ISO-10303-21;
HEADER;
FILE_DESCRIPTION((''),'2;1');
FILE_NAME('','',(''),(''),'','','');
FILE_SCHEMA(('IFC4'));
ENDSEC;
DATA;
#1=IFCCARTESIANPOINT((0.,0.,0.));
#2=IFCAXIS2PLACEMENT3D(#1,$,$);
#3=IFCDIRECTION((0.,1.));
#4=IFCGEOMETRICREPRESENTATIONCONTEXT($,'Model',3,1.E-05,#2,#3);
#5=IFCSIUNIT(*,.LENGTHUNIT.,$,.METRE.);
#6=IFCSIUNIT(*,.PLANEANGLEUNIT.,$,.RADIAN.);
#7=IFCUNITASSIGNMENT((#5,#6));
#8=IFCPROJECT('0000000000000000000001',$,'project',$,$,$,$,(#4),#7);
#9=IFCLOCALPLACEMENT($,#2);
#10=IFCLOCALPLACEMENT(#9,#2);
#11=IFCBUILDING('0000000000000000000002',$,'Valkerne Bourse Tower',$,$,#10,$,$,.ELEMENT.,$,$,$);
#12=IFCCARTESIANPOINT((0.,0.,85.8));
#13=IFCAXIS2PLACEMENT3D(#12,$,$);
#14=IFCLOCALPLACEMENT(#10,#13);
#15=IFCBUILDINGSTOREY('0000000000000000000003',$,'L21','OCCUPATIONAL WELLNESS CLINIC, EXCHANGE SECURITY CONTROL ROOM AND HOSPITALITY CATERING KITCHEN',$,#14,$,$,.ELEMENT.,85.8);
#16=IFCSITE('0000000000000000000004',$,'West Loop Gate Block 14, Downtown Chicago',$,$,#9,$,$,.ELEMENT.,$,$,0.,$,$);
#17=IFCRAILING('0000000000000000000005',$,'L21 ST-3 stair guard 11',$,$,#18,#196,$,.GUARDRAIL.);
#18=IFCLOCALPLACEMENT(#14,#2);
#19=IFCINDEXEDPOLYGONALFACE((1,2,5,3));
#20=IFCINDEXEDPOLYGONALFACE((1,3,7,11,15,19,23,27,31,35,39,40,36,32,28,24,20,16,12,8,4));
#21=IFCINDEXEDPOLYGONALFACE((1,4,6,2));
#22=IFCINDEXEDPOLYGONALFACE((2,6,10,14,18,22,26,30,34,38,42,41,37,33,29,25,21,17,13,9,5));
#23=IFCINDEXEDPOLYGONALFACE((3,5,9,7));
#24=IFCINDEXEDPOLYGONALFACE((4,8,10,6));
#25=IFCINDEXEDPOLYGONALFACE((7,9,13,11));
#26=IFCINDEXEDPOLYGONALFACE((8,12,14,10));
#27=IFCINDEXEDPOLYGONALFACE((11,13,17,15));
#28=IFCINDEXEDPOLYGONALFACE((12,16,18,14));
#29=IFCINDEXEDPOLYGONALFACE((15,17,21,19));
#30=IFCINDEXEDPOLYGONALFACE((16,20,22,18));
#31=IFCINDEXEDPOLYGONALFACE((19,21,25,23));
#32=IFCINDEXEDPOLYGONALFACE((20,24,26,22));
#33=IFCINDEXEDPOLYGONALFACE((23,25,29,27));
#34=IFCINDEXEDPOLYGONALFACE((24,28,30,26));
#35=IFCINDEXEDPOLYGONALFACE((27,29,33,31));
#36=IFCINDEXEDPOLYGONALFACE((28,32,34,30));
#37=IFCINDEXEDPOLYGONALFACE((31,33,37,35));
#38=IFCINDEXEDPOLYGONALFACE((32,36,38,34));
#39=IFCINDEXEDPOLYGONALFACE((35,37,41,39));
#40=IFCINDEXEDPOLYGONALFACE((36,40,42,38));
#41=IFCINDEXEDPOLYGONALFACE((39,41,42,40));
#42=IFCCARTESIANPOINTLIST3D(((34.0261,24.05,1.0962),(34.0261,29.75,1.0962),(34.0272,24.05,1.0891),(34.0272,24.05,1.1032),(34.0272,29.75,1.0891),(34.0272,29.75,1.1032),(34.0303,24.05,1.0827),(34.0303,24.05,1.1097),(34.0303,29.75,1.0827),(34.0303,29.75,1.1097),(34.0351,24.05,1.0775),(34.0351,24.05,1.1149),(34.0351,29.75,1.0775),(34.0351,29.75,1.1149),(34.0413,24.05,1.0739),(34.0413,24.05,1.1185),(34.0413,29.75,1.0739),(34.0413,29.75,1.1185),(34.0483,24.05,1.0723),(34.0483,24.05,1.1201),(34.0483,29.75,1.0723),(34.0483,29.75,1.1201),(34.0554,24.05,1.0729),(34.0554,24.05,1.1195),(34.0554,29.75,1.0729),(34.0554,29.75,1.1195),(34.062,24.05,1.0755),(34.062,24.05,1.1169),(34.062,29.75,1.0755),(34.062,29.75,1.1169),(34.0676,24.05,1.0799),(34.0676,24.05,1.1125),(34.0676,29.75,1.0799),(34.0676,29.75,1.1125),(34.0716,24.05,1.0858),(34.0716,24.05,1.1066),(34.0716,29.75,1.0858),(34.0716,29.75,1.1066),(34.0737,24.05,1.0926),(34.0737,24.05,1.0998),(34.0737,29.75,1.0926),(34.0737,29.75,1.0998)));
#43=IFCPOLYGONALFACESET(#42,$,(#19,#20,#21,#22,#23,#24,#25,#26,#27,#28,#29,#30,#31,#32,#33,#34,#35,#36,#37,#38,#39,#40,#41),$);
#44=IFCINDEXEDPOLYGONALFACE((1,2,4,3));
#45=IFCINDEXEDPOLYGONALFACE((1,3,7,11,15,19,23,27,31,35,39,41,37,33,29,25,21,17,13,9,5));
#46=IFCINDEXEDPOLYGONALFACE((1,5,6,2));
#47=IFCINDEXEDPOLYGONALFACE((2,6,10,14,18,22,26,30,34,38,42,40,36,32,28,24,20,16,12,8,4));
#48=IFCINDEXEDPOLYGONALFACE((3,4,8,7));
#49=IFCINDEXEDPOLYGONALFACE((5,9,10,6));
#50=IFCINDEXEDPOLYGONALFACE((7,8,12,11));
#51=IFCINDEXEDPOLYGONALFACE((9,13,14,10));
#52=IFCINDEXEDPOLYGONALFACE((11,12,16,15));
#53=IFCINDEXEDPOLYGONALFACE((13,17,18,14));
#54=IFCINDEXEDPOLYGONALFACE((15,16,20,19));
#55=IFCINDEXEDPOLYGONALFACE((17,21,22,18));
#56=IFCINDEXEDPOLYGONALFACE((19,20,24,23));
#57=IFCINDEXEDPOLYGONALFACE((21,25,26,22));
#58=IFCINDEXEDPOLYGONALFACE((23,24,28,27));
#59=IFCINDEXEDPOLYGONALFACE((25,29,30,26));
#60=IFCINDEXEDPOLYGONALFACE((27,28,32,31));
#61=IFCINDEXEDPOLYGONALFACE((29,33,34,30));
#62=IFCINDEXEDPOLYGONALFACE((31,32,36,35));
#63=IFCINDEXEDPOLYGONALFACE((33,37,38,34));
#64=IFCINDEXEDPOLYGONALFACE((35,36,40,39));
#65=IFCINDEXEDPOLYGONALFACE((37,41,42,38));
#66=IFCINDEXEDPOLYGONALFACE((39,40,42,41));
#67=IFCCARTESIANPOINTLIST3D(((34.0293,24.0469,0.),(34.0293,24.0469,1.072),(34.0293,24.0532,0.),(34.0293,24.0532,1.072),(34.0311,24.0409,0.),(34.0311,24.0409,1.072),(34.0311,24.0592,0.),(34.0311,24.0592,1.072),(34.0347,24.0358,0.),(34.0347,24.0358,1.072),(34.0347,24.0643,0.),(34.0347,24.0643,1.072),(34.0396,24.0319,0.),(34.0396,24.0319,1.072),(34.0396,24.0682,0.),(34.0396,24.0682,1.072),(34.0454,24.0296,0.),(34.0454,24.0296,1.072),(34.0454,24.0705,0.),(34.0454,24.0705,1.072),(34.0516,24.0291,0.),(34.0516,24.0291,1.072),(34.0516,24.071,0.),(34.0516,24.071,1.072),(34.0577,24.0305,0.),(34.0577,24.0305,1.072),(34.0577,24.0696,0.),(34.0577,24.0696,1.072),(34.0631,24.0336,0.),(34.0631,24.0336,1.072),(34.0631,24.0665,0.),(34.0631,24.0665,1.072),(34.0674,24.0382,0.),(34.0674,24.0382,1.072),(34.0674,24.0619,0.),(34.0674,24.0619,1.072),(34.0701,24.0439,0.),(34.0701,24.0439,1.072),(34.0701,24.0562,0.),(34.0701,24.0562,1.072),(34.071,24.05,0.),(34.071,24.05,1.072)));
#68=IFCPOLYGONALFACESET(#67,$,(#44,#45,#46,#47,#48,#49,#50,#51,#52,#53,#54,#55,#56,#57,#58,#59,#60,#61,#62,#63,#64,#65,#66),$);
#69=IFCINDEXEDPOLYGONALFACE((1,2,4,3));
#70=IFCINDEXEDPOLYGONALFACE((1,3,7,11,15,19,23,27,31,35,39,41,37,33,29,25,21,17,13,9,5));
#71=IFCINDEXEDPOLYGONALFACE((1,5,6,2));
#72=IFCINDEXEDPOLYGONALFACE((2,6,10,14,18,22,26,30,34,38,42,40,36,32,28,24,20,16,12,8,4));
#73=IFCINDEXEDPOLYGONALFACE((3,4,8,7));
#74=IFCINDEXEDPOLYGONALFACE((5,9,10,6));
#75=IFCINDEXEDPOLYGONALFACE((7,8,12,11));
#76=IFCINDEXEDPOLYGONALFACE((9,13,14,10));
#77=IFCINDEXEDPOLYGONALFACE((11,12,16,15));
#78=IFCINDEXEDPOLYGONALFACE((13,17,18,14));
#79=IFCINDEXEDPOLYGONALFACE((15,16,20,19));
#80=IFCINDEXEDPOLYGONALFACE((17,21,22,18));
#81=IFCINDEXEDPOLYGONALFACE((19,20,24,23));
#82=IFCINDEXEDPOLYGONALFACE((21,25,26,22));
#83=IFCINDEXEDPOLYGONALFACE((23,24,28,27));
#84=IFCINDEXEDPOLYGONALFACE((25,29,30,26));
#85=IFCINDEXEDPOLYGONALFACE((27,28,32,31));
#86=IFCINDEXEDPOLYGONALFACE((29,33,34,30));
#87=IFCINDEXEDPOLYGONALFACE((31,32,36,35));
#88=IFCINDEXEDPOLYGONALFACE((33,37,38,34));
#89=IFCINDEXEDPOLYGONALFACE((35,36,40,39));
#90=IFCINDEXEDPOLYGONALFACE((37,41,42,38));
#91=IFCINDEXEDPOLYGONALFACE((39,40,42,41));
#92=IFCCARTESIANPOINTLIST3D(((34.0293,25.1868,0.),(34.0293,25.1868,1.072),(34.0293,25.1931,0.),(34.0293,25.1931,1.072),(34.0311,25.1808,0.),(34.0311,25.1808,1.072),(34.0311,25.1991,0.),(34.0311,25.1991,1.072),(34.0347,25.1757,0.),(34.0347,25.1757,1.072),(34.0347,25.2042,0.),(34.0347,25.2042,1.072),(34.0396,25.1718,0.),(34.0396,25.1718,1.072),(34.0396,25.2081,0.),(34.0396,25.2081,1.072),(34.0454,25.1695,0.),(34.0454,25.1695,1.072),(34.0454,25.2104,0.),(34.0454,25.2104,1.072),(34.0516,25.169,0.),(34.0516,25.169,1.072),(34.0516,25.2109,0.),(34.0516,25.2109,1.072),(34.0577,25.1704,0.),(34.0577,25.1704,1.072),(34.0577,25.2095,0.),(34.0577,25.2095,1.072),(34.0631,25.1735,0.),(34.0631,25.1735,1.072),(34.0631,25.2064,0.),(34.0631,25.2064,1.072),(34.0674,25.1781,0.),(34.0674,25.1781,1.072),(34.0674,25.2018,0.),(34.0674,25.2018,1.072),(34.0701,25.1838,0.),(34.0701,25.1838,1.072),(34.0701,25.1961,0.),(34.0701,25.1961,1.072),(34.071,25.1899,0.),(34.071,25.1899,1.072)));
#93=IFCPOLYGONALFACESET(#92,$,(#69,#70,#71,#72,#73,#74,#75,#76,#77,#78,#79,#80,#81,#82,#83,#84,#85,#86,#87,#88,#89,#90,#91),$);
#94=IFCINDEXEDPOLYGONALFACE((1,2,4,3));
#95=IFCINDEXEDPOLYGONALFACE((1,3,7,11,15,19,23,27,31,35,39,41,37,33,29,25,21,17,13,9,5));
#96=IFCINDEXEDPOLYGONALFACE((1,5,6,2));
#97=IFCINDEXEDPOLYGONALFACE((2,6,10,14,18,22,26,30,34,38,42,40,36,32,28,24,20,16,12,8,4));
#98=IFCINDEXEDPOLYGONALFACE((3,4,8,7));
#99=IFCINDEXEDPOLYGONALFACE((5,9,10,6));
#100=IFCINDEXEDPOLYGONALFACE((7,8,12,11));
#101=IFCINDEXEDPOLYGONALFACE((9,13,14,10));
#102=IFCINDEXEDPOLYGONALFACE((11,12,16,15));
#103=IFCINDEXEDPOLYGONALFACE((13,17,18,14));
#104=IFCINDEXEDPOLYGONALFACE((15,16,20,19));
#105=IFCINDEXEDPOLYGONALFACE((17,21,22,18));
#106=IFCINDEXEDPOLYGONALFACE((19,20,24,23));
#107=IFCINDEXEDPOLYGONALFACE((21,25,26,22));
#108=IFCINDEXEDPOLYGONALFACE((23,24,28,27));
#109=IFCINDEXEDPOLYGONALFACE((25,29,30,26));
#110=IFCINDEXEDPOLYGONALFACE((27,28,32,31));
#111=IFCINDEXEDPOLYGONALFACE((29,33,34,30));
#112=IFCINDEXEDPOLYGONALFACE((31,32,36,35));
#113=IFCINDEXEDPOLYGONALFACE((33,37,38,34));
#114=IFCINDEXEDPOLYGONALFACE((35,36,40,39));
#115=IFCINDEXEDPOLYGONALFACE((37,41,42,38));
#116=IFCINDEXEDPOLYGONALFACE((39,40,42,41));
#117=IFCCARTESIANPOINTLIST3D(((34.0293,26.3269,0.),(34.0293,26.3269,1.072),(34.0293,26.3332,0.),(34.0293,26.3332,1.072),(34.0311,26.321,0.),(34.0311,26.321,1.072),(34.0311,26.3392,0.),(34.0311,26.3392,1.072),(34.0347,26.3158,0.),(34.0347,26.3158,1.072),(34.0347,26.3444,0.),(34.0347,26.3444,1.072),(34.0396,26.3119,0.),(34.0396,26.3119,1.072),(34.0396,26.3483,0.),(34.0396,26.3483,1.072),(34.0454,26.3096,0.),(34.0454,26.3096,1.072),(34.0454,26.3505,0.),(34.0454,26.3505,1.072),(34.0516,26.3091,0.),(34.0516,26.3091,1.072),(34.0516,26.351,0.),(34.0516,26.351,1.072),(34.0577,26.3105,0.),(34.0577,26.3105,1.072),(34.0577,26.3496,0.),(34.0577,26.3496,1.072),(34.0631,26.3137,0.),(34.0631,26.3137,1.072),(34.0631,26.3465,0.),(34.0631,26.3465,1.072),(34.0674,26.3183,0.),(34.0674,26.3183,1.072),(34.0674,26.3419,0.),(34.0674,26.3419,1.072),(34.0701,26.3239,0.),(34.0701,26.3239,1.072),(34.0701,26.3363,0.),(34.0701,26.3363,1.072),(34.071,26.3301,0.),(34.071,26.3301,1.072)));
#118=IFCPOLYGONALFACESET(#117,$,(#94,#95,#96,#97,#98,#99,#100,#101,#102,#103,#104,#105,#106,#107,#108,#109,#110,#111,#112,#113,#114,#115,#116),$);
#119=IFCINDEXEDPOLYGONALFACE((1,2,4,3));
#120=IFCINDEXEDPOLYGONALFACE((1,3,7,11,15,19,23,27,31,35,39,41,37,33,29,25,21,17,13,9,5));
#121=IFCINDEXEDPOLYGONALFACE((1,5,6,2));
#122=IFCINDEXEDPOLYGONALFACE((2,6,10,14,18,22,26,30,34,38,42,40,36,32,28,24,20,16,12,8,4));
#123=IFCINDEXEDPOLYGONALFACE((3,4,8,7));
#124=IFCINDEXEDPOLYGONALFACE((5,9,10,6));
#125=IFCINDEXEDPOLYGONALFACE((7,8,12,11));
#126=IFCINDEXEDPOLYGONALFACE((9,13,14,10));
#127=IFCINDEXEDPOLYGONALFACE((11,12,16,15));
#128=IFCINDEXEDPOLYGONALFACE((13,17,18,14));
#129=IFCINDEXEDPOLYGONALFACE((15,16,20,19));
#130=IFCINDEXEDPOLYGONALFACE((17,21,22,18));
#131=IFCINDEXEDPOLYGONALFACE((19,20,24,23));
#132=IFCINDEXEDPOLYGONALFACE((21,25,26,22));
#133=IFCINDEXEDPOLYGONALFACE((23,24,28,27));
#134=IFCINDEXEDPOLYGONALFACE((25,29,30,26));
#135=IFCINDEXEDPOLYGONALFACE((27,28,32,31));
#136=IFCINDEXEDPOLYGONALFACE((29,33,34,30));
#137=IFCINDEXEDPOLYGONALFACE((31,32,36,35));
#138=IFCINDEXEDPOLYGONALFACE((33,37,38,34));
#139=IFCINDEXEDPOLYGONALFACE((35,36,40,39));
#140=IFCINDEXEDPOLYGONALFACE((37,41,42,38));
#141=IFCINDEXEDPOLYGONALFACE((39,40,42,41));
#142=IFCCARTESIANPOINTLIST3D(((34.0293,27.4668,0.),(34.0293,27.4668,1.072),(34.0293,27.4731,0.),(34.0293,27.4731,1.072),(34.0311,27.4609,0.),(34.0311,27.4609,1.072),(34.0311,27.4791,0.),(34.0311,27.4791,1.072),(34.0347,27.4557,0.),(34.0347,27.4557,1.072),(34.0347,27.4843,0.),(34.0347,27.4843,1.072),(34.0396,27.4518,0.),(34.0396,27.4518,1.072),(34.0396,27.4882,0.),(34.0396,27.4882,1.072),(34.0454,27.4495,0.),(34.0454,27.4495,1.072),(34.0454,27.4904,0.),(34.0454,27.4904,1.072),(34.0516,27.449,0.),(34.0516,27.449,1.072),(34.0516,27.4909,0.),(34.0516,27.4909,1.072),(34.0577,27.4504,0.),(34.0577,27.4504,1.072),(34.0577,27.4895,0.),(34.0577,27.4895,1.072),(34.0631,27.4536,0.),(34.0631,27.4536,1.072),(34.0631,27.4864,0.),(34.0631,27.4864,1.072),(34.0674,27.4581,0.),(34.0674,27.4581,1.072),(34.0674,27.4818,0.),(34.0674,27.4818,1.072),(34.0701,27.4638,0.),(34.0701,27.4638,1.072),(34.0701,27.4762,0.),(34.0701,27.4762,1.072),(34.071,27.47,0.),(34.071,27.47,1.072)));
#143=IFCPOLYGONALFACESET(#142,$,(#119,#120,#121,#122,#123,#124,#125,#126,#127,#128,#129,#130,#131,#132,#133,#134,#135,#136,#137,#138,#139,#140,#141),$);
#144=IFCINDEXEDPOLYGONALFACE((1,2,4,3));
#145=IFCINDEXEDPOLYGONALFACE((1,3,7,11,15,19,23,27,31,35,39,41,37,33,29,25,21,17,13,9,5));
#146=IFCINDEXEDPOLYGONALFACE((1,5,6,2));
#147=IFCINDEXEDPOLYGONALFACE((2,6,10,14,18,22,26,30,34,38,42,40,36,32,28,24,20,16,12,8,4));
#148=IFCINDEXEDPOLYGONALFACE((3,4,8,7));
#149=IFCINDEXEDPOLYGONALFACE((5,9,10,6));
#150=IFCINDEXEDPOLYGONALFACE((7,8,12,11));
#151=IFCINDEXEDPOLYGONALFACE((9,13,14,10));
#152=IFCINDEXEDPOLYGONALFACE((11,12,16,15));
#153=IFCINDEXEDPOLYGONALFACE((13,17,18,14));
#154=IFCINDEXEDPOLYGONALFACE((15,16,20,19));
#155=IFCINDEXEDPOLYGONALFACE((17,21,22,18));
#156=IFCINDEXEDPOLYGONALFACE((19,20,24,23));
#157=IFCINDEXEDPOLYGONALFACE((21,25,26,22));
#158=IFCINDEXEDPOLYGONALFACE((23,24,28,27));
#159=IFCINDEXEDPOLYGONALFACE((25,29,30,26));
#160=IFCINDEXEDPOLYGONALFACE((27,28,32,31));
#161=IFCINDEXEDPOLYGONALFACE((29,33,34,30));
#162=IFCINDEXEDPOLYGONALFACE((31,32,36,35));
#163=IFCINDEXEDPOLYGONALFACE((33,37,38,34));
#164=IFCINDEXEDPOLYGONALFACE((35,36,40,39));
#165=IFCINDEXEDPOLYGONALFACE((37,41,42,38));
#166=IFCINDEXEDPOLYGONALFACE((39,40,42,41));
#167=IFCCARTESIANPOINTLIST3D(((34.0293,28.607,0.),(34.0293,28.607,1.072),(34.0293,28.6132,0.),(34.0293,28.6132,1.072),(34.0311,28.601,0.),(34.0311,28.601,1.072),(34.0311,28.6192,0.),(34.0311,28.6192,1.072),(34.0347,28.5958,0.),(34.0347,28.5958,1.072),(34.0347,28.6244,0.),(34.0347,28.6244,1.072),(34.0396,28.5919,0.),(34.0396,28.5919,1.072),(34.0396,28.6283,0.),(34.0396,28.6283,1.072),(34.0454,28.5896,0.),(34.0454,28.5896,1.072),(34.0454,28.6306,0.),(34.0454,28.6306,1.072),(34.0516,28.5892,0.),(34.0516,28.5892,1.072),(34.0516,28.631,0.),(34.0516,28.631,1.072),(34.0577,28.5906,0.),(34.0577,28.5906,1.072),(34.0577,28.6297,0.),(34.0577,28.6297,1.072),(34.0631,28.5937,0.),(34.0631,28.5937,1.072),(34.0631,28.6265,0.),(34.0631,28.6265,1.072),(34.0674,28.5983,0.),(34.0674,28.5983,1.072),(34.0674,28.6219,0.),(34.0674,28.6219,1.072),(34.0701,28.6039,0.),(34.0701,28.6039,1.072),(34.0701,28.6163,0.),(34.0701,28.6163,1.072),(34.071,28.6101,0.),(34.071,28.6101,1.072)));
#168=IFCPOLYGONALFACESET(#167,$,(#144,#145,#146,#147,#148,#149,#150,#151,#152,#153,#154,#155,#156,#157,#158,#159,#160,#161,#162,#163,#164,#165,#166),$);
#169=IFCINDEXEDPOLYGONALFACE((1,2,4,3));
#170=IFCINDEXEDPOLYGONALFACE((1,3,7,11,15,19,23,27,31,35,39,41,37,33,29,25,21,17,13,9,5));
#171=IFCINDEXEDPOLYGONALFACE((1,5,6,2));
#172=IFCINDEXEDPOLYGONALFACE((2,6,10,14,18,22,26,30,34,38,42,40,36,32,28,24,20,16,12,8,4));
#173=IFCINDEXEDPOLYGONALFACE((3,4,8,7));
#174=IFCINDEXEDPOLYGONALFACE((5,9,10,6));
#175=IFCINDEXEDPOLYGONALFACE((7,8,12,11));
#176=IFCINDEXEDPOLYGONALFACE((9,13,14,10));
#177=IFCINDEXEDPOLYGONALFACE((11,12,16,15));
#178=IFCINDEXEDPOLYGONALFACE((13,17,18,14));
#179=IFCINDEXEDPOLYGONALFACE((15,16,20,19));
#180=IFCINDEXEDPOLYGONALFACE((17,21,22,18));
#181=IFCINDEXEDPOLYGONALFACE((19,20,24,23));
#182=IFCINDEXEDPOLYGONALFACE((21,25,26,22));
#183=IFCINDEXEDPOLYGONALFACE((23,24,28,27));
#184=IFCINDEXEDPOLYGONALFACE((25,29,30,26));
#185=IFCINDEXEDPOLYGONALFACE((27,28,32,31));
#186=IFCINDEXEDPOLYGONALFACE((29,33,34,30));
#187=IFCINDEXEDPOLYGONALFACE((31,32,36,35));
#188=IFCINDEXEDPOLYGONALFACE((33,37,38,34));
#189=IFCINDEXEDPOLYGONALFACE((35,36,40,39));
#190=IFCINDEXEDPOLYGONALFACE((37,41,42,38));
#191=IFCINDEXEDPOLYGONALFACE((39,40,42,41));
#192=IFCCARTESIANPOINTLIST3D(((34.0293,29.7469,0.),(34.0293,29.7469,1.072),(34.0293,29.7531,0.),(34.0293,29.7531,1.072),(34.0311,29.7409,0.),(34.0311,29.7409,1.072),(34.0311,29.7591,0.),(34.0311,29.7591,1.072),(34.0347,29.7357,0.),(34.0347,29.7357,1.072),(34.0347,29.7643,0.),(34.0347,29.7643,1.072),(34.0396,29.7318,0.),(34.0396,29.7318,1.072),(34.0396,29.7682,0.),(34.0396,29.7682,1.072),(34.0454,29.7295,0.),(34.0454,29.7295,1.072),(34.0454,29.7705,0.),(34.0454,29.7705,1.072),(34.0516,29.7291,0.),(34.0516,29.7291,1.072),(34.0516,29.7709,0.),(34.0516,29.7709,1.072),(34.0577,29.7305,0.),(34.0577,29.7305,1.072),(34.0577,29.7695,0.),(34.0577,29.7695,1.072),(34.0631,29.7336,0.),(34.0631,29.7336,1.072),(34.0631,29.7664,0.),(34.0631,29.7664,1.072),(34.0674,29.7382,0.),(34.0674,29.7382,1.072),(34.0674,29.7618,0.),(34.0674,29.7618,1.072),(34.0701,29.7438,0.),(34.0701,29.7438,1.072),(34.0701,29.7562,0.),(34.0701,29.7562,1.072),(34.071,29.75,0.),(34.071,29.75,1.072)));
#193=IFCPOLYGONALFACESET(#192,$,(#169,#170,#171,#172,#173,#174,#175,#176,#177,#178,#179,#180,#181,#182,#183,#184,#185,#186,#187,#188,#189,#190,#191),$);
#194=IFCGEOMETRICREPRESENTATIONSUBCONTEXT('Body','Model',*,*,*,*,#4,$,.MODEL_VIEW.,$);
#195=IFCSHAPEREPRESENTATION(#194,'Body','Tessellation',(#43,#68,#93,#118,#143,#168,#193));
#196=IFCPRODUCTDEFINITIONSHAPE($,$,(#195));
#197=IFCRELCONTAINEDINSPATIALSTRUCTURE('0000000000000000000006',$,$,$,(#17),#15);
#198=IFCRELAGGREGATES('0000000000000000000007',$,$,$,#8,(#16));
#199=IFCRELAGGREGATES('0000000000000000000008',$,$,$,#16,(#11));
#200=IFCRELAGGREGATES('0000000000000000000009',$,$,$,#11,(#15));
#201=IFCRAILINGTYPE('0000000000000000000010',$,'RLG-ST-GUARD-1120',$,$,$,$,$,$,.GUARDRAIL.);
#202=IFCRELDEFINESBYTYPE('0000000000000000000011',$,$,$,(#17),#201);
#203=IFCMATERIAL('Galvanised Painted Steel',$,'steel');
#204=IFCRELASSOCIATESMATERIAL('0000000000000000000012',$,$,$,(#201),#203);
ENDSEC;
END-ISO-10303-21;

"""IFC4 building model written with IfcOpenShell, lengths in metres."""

from ifc_helpers import new_model, si_unit, direction, frame, origin, origin_2d, place, context, subcontext, project, spatial, circle, extrude, material, type_object, element, save


model = new_model("IFC4")

# Units and contexts
model_context = context("Model", 3, precision=1e-05, world=origin(), true_north=direction((0.0, 1.0)))
body_context = subcontext(model_context, "Body", "Model", "MODEL_VIEW")
ifc_project = project(units=[si_unit("LENGTHUNIT", "METRE"), si_unit("PLANEANGLEUNIT", "RADIAN")], contexts=[model_context])

# Site, building, storey
site_placement = place(None, origin())
site = spatial("IfcSite", under=ifc_project, at=site_placement, Name="West Loop Gate Block 14, Downtown Chicago", CompositionType="ELEMENT", RefElevation=0.0)
building_placement = place(site_placement, origin())
building = spatial("IfcBuilding", under=site, at=building_placement, Name="Valkerne Bourse Tower", CompositionType="ELEMENT")
storey_placement = place(building_placement, frame((0.0, 0.0, 85.8)))
storey = spatial("IfcBuildingStorey", under=building, at=storey_placement, Name="L21", Description="OCCUPATIONAL WELLNESS CLINIC, EXCHANGE SECURITY CONTROL ROOM AND HOSPITALITY CATERING KITCHEN", CompositionType="ELEMENT", Elevation=85.8)

# Shared definitions
ifc_material_1 = material(Name="Galvanised Painted Steel", Category="steel")

# Railing
railing_type_1 = type_object("IfcRailingType", Name="RLG-ST-GUARD-1120", PredefinedType="GUARDRAIL", material=ifc_material_1)
for number, where, name in (
    (1, (34.05, 24.05, 0.0), "L21 ST-3 stair guard 11"),
):
    element("IfcRailing", number, at=place(storey_placement, frame(where)), inside=storey, type_object=railing_type_1, Name=name, PredefinedType="GUARDRAIL", context=body_context, shape_type="SweptSolid", body=[
        extrude(circle(Radius=0.0239, at=origin_2d()), frame((0.0, 0.0, 1.0962), z_axis=(0.0, 1.0, 0.0), x_axis=(-1.0, 0.0, 0.0)), (0.0, 0.0, 1.0), 5.7),
        extrude(circle(Radius=0.021, at=origin_2d()), origin(), (0.0, 0.0, 1.0), 1.072),
        extrude(circle(Radius=0.021, at=origin_2d()), frame((0.0, 1.1399, 0.0)), (0.0, 0.0, 1.0), 1.072),
        extrude(circle(Radius=0.021, at=origin_2d()), frame((0.0, 2.28, 0.0)), (0.0, 0.0, 1.0), 1.072),
        extrude(circle(Radius=0.021, at=origin_2d()), frame((0.0, 3.4199, 0.0)), (0.0, 0.0, 1.0), 1.072),
        extrude(circle(Radius=0.021, at=origin_2d()), frame((0.0, 4.5601, 0.0)), (0.0, 0.0, 1.0), 1.072),
        extrude(circle(Radius=0.021, at=origin_2d()), frame((0.0, 5.7, 0.0)), (0.0, 0.0, 1.0), 1.072),
    ])

save(model, "model.ifc")
